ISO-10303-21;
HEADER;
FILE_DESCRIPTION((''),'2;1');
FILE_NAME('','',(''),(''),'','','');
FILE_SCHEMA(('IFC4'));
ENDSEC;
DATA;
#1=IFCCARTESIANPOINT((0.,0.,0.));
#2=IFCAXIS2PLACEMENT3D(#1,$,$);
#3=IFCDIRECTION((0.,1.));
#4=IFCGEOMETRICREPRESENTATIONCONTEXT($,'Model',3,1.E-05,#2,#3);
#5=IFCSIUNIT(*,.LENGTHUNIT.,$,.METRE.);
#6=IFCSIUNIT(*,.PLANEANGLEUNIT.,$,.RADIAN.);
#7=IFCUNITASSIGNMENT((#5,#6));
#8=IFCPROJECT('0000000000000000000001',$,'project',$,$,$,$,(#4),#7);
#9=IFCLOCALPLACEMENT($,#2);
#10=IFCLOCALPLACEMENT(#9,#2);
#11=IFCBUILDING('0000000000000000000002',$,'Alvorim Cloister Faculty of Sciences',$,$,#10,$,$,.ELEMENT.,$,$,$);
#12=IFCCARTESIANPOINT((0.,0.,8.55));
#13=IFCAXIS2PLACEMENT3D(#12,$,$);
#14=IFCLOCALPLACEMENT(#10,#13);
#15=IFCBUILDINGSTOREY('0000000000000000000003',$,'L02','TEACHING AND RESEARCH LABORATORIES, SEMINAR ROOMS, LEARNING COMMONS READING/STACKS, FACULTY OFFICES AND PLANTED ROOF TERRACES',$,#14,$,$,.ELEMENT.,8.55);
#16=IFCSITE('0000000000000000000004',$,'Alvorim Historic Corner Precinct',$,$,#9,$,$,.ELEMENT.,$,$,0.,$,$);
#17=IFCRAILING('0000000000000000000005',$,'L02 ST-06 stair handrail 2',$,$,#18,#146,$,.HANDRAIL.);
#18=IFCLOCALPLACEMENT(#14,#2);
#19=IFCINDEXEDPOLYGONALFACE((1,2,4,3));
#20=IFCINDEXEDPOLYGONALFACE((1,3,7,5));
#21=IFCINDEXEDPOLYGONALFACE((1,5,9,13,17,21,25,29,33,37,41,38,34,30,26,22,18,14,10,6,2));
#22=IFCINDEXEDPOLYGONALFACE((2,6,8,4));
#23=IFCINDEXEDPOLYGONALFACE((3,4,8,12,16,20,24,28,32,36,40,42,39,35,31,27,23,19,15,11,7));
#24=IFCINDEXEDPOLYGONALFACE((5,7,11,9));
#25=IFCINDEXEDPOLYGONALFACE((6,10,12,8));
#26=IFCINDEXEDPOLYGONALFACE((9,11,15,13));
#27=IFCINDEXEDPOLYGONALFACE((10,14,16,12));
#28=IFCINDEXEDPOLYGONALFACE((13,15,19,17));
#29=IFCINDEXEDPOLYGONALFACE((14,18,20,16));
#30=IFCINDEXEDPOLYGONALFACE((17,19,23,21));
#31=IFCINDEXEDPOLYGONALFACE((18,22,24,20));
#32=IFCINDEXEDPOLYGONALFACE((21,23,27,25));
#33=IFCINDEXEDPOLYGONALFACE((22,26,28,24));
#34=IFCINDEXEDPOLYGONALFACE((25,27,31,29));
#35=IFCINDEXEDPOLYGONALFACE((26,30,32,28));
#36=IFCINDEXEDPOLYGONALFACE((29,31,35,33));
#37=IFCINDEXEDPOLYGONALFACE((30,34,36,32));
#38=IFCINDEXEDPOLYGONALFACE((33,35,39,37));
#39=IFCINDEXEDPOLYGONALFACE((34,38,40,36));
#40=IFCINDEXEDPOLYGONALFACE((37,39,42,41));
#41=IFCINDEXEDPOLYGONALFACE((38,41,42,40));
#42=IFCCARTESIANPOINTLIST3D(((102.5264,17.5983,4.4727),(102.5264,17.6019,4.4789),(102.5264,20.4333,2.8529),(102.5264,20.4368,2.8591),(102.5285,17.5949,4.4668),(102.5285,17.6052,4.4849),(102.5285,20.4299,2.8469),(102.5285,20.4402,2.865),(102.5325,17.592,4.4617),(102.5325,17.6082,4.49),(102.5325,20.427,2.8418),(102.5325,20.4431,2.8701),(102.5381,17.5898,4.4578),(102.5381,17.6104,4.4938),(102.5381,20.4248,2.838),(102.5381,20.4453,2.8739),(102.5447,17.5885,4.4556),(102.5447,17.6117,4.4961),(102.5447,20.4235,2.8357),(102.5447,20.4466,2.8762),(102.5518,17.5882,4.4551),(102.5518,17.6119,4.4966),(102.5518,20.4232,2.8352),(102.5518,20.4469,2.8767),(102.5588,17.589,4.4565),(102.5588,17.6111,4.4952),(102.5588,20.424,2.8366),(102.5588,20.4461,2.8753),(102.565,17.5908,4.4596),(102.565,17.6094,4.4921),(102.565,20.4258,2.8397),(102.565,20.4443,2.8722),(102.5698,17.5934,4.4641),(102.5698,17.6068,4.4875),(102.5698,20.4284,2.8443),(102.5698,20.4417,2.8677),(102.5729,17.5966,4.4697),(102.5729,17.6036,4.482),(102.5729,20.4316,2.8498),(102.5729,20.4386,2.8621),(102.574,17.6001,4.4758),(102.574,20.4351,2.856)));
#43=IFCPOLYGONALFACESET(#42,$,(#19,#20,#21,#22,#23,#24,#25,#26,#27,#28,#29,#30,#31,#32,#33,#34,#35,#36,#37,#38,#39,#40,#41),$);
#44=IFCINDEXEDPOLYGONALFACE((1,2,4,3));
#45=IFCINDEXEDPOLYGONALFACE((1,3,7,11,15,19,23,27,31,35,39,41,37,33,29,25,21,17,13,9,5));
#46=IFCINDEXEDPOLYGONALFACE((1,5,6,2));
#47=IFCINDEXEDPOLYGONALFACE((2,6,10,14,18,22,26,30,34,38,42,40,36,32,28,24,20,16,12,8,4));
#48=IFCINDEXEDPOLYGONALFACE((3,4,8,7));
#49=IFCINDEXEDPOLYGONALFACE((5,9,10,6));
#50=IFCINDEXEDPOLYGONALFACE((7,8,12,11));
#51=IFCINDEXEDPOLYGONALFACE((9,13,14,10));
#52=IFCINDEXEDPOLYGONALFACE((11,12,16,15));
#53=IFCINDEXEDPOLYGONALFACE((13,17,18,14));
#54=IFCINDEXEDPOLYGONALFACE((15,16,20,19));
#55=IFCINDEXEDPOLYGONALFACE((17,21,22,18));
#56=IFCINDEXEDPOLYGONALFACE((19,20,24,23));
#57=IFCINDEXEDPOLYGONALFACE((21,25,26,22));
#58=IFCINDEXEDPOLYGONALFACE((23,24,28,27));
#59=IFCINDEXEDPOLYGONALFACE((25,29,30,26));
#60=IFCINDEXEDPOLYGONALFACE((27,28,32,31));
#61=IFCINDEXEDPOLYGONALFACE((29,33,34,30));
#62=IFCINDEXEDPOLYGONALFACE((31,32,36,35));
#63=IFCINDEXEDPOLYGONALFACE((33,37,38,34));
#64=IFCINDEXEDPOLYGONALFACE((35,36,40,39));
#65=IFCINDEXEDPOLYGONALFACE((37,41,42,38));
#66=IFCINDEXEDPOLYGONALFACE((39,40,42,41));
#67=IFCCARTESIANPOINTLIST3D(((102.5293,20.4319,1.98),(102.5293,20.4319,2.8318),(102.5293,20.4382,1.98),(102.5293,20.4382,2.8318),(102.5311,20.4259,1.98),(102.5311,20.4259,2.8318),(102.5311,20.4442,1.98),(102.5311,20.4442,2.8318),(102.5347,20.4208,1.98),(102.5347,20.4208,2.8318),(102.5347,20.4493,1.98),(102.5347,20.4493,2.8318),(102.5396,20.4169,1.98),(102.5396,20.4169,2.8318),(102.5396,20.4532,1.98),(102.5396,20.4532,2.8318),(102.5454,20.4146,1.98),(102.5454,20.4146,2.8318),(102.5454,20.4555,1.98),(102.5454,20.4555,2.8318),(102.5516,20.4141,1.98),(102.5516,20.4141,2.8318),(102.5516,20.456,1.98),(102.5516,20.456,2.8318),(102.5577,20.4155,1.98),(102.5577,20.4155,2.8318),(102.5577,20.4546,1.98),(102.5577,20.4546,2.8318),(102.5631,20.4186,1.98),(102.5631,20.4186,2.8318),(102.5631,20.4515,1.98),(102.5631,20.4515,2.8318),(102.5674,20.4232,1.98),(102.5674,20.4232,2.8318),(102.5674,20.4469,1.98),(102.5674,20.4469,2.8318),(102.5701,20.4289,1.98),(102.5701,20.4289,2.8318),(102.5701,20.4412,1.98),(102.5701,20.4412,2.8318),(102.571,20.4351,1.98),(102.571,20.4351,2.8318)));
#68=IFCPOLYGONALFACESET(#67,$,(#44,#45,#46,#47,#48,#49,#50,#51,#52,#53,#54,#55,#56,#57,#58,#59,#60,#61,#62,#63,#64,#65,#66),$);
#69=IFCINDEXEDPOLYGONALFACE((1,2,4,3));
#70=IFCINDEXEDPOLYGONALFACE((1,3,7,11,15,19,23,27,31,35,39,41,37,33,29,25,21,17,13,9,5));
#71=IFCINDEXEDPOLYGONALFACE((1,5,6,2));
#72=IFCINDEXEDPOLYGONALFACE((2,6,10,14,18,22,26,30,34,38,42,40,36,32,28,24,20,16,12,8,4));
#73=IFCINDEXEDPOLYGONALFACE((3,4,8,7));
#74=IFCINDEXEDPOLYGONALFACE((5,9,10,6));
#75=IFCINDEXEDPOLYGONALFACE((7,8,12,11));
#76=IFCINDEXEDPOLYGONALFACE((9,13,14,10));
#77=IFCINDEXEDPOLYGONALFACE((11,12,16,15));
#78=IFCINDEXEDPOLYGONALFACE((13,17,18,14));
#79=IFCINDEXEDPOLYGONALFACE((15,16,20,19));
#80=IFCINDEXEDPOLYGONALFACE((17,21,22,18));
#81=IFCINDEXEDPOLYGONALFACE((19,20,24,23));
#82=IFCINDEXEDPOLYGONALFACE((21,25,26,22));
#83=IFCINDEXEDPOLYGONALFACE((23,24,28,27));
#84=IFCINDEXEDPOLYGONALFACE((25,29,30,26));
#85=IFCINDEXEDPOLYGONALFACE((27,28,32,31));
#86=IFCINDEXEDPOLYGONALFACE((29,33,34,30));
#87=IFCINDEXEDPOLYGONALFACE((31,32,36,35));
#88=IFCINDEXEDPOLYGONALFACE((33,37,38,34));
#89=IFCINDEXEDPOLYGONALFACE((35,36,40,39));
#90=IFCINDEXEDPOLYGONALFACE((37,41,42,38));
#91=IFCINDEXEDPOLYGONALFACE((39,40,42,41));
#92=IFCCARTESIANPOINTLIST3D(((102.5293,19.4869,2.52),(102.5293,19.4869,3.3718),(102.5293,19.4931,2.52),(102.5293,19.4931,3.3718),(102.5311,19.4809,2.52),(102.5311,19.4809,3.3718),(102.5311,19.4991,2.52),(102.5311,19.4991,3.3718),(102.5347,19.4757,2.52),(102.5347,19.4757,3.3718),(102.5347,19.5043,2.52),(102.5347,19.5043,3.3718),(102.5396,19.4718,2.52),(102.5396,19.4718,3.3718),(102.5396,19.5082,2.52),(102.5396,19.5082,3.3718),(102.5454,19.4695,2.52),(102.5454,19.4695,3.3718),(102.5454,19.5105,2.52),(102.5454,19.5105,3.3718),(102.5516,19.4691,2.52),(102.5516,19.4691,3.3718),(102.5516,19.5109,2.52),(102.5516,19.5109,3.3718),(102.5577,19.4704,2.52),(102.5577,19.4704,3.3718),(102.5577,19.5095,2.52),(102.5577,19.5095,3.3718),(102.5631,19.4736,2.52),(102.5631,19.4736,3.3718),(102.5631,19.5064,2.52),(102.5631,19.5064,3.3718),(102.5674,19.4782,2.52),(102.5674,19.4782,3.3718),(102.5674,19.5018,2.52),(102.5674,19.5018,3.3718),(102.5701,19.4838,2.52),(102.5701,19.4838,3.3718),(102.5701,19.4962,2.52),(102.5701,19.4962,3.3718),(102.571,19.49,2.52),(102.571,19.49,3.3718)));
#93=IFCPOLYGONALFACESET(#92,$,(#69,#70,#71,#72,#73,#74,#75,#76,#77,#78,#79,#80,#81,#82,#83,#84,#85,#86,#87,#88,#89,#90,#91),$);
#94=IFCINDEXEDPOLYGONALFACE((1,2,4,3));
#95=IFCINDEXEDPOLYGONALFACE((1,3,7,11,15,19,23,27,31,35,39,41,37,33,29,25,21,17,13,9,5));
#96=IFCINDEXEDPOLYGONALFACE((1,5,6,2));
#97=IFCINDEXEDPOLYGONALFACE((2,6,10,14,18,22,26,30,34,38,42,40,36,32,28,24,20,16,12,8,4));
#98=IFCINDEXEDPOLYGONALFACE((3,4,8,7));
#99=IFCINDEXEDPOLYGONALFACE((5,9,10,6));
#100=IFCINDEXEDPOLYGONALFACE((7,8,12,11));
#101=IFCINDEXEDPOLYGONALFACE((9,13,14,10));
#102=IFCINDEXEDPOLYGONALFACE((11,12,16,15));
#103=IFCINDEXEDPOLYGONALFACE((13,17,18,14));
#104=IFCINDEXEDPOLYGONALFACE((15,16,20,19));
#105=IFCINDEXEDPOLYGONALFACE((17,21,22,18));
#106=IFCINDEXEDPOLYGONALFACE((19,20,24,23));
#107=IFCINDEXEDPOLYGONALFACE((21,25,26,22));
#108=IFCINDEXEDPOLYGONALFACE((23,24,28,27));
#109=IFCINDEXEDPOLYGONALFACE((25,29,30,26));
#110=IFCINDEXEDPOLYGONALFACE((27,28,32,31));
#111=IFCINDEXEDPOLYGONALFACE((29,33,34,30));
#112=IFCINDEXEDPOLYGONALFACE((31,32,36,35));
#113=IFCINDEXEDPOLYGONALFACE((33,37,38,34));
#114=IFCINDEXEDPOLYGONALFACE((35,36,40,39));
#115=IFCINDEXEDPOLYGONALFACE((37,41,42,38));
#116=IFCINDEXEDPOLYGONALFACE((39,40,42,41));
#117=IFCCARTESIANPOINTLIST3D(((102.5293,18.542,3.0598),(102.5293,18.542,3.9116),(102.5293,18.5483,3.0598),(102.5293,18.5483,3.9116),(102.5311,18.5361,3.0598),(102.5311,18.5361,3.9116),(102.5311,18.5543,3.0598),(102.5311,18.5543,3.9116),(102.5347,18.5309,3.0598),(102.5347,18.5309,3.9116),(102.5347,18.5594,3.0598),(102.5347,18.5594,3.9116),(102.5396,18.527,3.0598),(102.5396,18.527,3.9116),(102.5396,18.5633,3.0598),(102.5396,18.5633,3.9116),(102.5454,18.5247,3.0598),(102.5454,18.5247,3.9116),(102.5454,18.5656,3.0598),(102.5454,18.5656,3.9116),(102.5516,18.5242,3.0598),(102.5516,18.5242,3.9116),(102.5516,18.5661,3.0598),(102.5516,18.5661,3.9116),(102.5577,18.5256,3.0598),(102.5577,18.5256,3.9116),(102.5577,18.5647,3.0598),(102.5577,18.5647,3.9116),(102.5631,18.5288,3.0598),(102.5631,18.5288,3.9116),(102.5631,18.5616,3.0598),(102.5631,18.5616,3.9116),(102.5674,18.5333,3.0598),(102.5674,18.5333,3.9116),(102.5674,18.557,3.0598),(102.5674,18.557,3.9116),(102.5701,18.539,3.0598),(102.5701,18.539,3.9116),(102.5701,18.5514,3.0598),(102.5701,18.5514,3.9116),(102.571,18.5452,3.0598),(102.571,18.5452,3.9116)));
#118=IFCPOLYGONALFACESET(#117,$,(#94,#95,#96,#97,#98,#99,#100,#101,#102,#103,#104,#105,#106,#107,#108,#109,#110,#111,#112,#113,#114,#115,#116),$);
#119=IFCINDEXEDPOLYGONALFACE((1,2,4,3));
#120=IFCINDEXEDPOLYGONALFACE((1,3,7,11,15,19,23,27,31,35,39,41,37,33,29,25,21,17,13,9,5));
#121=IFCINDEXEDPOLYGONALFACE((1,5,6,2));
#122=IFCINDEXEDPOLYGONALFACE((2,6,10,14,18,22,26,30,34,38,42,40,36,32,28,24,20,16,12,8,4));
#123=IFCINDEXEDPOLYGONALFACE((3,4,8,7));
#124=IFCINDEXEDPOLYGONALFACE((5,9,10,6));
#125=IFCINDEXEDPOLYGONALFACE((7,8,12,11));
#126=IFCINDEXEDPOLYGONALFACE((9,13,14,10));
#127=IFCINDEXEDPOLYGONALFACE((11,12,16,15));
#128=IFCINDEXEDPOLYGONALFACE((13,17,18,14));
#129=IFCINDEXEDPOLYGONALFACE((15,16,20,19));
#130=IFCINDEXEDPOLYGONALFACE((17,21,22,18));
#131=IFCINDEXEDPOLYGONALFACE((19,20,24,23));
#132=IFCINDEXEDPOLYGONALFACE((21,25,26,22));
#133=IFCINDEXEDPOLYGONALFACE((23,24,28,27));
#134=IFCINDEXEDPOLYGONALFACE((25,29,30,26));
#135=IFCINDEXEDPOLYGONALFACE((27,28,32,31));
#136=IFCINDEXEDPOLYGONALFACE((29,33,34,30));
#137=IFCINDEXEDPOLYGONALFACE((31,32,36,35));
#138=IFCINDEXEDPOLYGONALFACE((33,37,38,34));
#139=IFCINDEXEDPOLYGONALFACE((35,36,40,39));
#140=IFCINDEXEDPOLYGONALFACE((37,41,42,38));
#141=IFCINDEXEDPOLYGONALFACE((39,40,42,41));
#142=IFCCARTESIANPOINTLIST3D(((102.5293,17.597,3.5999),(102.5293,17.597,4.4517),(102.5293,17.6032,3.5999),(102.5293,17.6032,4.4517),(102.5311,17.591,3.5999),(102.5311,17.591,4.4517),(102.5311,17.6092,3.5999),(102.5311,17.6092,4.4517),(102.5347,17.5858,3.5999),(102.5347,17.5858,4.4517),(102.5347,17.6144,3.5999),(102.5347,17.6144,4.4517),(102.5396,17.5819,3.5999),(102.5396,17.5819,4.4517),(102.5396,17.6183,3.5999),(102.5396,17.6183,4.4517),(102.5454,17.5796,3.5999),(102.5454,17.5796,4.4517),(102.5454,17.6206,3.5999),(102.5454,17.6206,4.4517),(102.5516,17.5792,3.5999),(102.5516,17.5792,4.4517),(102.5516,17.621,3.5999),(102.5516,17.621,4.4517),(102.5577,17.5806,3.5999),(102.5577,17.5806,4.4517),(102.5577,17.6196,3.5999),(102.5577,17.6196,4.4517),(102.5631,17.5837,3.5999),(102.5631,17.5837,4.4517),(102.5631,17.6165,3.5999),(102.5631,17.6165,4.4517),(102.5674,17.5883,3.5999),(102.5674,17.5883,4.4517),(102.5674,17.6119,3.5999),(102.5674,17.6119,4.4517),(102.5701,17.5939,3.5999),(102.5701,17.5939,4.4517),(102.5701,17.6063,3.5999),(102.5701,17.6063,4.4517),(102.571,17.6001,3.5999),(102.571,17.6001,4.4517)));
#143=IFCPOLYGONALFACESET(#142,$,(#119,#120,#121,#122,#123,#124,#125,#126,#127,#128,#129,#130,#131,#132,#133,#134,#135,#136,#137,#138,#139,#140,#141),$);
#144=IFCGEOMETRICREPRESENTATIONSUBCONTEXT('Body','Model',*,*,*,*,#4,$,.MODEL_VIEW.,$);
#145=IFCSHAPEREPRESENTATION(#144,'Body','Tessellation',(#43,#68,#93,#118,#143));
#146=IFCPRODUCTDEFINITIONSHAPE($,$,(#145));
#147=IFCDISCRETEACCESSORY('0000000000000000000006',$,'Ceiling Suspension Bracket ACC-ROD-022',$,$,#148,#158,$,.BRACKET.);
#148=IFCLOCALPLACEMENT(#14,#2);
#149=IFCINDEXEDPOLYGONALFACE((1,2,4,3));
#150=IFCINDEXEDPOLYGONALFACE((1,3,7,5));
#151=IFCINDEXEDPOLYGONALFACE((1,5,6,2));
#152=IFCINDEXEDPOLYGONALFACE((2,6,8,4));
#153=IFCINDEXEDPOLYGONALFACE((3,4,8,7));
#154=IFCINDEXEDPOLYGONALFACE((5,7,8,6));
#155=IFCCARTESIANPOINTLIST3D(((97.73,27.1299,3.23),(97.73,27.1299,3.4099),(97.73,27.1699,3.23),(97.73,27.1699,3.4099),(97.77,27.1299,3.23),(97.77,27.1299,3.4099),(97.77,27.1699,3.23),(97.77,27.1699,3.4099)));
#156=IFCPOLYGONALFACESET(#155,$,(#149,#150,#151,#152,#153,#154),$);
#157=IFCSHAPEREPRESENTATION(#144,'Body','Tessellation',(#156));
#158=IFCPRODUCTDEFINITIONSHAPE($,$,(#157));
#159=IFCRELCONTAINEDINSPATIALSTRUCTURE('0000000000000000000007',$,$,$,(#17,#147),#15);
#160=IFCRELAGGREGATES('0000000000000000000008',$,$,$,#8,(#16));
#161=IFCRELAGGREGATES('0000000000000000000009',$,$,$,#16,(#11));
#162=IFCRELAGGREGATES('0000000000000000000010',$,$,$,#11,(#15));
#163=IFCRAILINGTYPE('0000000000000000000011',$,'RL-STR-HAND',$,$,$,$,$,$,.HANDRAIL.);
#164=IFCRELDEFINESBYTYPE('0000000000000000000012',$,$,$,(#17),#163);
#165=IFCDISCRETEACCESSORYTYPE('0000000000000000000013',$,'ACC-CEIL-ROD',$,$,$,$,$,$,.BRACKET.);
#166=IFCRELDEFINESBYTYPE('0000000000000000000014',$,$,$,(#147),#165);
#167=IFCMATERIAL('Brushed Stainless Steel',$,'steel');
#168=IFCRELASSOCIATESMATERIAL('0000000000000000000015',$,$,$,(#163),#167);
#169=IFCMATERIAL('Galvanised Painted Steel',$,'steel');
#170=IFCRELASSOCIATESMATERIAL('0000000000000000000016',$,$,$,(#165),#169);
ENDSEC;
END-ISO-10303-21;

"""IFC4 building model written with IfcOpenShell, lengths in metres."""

from ifc_helpers import new_model, si_unit, direction, frame, origin, origin_2d, place, context, subcontext, project, spatial, rectangle, circle, extrude, material, type_object, element, save


model = new_model("IFC4")

# Units and contexts
model_context = context("Model", 3, precision=1e-05, world=origin(), true_north=direction((0.0, 1.0)))
body_context = subcontext(model_context, "Body", "Model", "MODEL_VIEW")
ifc_project = project(units=[si_unit("LENGTHUNIT", "METRE"), si_unit("PLANEANGLEUNIT", "RADIAN")], contexts=[model_context])

# Site, building, storey
site_placement = place(None, origin())
site = spatial("IfcSite", under=ifc_project, at=site_placement, Name="Alvorim Historic Corner Precinct", CompositionType="ELEMENT", RefElevation=0.0)
building_placement = place(site_placement, origin())
building = spatial("IfcBuilding", under=site, at=building_placement, Name="Alvorim Cloister Faculty of Sciences", CompositionType="ELEMENT")
storey_placement = place(building_placement, frame((0.0, 0.0, 8.55)))
storey = spatial("IfcBuildingStorey", under=building, at=storey_placement, Name="L02", Description="TEACHING AND RESEARCH LABORATORIES, SEMINAR ROOMS, LEARNING COMMONS READING/STACKS, FACULTY OFFICES AND PLANTED ROOF TERRACES", CompositionType="ELEMENT", Elevation=8.55)

# Railing
ifc_material_1 = material(Name="Galvanised Painted Steel", Category="steel")
ifc_material_2 = material(Name="Brushed Stainless Steel", Category="steel")
railing_type_1 = type_object("IfcRailingType", Name="RL-STR-HAND", PredefinedType="HANDRAIL", material=ifc_material_2)
railing_1_placement = place(storey_placement, frame((102.55, 20.4351, 1.98)))
element("IfcRailing", 1, at=railing_1_placement, inside=storey, type_object=railing_type_1, Name="L02 ST-06 stair handrail 2", PredefinedType="HANDRAIL", context=body_context, shape_type="SweptSolid", body=[
    extrude(circle(Radius=0.0239, at=origin_2d()), frame((0.0, 0.0, 0.876), z_axis=(0.0, -0.868257, 0.496115), x_axis=(1.0, 0.0, 0.0)), (0.0, 0.0, 1.0), 3.2651),
    extrude(circle(Radius=0.021, at=origin_2d()), origin(), (0.0, 0.0, 1.0), 0.8518),
    extrude(circle(Radius=0.021, at=origin_2d()), frame((0.0, -0.9451, 0.54)), (0.0, 0.0, 1.0), 0.8518),
    extrude(circle(Radius=0.021, at=origin_2d()), frame((0.0, -1.8899, 1.0798)), (0.0, 0.0, 1.0), 0.8518),
    extrude(circle(Radius=0.021, at=origin_2d()), frame((0.0, -2.835, 1.6199)), (0.0, 0.0, 1.0), 0.8518),
])

# Discrete accessory
discrete_accessory_type = type_object("IfcDiscreteAccessoryType", Name="ACC-CEIL-ROD", PredefinedType="BRACKET", material=ifc_material_1)
discrete_accessory_placement = place(storey_placement, frame((97.75, 27.1499, 3.23), z_axis=(0.0, 0.0, 1.0), x_axis=(1.0, 0.0, 0.0)))
element("IfcDiscreteAccessory", 2, at=discrete_accessory_placement, inside=storey, type_object=discrete_accessory_type, Name="Ceiling Suspension Bracket ACC-ROD-022", PredefinedType="BRACKET", context=body_context, shape_type="SweptSolid", body=[
    extrude(rectangle(XDim=0.04, YDim=0.04, at=origin_2d()), origin(), (0.0, 0.0, 1.0), 0.1799),
])

save(model, "model.ifc")
